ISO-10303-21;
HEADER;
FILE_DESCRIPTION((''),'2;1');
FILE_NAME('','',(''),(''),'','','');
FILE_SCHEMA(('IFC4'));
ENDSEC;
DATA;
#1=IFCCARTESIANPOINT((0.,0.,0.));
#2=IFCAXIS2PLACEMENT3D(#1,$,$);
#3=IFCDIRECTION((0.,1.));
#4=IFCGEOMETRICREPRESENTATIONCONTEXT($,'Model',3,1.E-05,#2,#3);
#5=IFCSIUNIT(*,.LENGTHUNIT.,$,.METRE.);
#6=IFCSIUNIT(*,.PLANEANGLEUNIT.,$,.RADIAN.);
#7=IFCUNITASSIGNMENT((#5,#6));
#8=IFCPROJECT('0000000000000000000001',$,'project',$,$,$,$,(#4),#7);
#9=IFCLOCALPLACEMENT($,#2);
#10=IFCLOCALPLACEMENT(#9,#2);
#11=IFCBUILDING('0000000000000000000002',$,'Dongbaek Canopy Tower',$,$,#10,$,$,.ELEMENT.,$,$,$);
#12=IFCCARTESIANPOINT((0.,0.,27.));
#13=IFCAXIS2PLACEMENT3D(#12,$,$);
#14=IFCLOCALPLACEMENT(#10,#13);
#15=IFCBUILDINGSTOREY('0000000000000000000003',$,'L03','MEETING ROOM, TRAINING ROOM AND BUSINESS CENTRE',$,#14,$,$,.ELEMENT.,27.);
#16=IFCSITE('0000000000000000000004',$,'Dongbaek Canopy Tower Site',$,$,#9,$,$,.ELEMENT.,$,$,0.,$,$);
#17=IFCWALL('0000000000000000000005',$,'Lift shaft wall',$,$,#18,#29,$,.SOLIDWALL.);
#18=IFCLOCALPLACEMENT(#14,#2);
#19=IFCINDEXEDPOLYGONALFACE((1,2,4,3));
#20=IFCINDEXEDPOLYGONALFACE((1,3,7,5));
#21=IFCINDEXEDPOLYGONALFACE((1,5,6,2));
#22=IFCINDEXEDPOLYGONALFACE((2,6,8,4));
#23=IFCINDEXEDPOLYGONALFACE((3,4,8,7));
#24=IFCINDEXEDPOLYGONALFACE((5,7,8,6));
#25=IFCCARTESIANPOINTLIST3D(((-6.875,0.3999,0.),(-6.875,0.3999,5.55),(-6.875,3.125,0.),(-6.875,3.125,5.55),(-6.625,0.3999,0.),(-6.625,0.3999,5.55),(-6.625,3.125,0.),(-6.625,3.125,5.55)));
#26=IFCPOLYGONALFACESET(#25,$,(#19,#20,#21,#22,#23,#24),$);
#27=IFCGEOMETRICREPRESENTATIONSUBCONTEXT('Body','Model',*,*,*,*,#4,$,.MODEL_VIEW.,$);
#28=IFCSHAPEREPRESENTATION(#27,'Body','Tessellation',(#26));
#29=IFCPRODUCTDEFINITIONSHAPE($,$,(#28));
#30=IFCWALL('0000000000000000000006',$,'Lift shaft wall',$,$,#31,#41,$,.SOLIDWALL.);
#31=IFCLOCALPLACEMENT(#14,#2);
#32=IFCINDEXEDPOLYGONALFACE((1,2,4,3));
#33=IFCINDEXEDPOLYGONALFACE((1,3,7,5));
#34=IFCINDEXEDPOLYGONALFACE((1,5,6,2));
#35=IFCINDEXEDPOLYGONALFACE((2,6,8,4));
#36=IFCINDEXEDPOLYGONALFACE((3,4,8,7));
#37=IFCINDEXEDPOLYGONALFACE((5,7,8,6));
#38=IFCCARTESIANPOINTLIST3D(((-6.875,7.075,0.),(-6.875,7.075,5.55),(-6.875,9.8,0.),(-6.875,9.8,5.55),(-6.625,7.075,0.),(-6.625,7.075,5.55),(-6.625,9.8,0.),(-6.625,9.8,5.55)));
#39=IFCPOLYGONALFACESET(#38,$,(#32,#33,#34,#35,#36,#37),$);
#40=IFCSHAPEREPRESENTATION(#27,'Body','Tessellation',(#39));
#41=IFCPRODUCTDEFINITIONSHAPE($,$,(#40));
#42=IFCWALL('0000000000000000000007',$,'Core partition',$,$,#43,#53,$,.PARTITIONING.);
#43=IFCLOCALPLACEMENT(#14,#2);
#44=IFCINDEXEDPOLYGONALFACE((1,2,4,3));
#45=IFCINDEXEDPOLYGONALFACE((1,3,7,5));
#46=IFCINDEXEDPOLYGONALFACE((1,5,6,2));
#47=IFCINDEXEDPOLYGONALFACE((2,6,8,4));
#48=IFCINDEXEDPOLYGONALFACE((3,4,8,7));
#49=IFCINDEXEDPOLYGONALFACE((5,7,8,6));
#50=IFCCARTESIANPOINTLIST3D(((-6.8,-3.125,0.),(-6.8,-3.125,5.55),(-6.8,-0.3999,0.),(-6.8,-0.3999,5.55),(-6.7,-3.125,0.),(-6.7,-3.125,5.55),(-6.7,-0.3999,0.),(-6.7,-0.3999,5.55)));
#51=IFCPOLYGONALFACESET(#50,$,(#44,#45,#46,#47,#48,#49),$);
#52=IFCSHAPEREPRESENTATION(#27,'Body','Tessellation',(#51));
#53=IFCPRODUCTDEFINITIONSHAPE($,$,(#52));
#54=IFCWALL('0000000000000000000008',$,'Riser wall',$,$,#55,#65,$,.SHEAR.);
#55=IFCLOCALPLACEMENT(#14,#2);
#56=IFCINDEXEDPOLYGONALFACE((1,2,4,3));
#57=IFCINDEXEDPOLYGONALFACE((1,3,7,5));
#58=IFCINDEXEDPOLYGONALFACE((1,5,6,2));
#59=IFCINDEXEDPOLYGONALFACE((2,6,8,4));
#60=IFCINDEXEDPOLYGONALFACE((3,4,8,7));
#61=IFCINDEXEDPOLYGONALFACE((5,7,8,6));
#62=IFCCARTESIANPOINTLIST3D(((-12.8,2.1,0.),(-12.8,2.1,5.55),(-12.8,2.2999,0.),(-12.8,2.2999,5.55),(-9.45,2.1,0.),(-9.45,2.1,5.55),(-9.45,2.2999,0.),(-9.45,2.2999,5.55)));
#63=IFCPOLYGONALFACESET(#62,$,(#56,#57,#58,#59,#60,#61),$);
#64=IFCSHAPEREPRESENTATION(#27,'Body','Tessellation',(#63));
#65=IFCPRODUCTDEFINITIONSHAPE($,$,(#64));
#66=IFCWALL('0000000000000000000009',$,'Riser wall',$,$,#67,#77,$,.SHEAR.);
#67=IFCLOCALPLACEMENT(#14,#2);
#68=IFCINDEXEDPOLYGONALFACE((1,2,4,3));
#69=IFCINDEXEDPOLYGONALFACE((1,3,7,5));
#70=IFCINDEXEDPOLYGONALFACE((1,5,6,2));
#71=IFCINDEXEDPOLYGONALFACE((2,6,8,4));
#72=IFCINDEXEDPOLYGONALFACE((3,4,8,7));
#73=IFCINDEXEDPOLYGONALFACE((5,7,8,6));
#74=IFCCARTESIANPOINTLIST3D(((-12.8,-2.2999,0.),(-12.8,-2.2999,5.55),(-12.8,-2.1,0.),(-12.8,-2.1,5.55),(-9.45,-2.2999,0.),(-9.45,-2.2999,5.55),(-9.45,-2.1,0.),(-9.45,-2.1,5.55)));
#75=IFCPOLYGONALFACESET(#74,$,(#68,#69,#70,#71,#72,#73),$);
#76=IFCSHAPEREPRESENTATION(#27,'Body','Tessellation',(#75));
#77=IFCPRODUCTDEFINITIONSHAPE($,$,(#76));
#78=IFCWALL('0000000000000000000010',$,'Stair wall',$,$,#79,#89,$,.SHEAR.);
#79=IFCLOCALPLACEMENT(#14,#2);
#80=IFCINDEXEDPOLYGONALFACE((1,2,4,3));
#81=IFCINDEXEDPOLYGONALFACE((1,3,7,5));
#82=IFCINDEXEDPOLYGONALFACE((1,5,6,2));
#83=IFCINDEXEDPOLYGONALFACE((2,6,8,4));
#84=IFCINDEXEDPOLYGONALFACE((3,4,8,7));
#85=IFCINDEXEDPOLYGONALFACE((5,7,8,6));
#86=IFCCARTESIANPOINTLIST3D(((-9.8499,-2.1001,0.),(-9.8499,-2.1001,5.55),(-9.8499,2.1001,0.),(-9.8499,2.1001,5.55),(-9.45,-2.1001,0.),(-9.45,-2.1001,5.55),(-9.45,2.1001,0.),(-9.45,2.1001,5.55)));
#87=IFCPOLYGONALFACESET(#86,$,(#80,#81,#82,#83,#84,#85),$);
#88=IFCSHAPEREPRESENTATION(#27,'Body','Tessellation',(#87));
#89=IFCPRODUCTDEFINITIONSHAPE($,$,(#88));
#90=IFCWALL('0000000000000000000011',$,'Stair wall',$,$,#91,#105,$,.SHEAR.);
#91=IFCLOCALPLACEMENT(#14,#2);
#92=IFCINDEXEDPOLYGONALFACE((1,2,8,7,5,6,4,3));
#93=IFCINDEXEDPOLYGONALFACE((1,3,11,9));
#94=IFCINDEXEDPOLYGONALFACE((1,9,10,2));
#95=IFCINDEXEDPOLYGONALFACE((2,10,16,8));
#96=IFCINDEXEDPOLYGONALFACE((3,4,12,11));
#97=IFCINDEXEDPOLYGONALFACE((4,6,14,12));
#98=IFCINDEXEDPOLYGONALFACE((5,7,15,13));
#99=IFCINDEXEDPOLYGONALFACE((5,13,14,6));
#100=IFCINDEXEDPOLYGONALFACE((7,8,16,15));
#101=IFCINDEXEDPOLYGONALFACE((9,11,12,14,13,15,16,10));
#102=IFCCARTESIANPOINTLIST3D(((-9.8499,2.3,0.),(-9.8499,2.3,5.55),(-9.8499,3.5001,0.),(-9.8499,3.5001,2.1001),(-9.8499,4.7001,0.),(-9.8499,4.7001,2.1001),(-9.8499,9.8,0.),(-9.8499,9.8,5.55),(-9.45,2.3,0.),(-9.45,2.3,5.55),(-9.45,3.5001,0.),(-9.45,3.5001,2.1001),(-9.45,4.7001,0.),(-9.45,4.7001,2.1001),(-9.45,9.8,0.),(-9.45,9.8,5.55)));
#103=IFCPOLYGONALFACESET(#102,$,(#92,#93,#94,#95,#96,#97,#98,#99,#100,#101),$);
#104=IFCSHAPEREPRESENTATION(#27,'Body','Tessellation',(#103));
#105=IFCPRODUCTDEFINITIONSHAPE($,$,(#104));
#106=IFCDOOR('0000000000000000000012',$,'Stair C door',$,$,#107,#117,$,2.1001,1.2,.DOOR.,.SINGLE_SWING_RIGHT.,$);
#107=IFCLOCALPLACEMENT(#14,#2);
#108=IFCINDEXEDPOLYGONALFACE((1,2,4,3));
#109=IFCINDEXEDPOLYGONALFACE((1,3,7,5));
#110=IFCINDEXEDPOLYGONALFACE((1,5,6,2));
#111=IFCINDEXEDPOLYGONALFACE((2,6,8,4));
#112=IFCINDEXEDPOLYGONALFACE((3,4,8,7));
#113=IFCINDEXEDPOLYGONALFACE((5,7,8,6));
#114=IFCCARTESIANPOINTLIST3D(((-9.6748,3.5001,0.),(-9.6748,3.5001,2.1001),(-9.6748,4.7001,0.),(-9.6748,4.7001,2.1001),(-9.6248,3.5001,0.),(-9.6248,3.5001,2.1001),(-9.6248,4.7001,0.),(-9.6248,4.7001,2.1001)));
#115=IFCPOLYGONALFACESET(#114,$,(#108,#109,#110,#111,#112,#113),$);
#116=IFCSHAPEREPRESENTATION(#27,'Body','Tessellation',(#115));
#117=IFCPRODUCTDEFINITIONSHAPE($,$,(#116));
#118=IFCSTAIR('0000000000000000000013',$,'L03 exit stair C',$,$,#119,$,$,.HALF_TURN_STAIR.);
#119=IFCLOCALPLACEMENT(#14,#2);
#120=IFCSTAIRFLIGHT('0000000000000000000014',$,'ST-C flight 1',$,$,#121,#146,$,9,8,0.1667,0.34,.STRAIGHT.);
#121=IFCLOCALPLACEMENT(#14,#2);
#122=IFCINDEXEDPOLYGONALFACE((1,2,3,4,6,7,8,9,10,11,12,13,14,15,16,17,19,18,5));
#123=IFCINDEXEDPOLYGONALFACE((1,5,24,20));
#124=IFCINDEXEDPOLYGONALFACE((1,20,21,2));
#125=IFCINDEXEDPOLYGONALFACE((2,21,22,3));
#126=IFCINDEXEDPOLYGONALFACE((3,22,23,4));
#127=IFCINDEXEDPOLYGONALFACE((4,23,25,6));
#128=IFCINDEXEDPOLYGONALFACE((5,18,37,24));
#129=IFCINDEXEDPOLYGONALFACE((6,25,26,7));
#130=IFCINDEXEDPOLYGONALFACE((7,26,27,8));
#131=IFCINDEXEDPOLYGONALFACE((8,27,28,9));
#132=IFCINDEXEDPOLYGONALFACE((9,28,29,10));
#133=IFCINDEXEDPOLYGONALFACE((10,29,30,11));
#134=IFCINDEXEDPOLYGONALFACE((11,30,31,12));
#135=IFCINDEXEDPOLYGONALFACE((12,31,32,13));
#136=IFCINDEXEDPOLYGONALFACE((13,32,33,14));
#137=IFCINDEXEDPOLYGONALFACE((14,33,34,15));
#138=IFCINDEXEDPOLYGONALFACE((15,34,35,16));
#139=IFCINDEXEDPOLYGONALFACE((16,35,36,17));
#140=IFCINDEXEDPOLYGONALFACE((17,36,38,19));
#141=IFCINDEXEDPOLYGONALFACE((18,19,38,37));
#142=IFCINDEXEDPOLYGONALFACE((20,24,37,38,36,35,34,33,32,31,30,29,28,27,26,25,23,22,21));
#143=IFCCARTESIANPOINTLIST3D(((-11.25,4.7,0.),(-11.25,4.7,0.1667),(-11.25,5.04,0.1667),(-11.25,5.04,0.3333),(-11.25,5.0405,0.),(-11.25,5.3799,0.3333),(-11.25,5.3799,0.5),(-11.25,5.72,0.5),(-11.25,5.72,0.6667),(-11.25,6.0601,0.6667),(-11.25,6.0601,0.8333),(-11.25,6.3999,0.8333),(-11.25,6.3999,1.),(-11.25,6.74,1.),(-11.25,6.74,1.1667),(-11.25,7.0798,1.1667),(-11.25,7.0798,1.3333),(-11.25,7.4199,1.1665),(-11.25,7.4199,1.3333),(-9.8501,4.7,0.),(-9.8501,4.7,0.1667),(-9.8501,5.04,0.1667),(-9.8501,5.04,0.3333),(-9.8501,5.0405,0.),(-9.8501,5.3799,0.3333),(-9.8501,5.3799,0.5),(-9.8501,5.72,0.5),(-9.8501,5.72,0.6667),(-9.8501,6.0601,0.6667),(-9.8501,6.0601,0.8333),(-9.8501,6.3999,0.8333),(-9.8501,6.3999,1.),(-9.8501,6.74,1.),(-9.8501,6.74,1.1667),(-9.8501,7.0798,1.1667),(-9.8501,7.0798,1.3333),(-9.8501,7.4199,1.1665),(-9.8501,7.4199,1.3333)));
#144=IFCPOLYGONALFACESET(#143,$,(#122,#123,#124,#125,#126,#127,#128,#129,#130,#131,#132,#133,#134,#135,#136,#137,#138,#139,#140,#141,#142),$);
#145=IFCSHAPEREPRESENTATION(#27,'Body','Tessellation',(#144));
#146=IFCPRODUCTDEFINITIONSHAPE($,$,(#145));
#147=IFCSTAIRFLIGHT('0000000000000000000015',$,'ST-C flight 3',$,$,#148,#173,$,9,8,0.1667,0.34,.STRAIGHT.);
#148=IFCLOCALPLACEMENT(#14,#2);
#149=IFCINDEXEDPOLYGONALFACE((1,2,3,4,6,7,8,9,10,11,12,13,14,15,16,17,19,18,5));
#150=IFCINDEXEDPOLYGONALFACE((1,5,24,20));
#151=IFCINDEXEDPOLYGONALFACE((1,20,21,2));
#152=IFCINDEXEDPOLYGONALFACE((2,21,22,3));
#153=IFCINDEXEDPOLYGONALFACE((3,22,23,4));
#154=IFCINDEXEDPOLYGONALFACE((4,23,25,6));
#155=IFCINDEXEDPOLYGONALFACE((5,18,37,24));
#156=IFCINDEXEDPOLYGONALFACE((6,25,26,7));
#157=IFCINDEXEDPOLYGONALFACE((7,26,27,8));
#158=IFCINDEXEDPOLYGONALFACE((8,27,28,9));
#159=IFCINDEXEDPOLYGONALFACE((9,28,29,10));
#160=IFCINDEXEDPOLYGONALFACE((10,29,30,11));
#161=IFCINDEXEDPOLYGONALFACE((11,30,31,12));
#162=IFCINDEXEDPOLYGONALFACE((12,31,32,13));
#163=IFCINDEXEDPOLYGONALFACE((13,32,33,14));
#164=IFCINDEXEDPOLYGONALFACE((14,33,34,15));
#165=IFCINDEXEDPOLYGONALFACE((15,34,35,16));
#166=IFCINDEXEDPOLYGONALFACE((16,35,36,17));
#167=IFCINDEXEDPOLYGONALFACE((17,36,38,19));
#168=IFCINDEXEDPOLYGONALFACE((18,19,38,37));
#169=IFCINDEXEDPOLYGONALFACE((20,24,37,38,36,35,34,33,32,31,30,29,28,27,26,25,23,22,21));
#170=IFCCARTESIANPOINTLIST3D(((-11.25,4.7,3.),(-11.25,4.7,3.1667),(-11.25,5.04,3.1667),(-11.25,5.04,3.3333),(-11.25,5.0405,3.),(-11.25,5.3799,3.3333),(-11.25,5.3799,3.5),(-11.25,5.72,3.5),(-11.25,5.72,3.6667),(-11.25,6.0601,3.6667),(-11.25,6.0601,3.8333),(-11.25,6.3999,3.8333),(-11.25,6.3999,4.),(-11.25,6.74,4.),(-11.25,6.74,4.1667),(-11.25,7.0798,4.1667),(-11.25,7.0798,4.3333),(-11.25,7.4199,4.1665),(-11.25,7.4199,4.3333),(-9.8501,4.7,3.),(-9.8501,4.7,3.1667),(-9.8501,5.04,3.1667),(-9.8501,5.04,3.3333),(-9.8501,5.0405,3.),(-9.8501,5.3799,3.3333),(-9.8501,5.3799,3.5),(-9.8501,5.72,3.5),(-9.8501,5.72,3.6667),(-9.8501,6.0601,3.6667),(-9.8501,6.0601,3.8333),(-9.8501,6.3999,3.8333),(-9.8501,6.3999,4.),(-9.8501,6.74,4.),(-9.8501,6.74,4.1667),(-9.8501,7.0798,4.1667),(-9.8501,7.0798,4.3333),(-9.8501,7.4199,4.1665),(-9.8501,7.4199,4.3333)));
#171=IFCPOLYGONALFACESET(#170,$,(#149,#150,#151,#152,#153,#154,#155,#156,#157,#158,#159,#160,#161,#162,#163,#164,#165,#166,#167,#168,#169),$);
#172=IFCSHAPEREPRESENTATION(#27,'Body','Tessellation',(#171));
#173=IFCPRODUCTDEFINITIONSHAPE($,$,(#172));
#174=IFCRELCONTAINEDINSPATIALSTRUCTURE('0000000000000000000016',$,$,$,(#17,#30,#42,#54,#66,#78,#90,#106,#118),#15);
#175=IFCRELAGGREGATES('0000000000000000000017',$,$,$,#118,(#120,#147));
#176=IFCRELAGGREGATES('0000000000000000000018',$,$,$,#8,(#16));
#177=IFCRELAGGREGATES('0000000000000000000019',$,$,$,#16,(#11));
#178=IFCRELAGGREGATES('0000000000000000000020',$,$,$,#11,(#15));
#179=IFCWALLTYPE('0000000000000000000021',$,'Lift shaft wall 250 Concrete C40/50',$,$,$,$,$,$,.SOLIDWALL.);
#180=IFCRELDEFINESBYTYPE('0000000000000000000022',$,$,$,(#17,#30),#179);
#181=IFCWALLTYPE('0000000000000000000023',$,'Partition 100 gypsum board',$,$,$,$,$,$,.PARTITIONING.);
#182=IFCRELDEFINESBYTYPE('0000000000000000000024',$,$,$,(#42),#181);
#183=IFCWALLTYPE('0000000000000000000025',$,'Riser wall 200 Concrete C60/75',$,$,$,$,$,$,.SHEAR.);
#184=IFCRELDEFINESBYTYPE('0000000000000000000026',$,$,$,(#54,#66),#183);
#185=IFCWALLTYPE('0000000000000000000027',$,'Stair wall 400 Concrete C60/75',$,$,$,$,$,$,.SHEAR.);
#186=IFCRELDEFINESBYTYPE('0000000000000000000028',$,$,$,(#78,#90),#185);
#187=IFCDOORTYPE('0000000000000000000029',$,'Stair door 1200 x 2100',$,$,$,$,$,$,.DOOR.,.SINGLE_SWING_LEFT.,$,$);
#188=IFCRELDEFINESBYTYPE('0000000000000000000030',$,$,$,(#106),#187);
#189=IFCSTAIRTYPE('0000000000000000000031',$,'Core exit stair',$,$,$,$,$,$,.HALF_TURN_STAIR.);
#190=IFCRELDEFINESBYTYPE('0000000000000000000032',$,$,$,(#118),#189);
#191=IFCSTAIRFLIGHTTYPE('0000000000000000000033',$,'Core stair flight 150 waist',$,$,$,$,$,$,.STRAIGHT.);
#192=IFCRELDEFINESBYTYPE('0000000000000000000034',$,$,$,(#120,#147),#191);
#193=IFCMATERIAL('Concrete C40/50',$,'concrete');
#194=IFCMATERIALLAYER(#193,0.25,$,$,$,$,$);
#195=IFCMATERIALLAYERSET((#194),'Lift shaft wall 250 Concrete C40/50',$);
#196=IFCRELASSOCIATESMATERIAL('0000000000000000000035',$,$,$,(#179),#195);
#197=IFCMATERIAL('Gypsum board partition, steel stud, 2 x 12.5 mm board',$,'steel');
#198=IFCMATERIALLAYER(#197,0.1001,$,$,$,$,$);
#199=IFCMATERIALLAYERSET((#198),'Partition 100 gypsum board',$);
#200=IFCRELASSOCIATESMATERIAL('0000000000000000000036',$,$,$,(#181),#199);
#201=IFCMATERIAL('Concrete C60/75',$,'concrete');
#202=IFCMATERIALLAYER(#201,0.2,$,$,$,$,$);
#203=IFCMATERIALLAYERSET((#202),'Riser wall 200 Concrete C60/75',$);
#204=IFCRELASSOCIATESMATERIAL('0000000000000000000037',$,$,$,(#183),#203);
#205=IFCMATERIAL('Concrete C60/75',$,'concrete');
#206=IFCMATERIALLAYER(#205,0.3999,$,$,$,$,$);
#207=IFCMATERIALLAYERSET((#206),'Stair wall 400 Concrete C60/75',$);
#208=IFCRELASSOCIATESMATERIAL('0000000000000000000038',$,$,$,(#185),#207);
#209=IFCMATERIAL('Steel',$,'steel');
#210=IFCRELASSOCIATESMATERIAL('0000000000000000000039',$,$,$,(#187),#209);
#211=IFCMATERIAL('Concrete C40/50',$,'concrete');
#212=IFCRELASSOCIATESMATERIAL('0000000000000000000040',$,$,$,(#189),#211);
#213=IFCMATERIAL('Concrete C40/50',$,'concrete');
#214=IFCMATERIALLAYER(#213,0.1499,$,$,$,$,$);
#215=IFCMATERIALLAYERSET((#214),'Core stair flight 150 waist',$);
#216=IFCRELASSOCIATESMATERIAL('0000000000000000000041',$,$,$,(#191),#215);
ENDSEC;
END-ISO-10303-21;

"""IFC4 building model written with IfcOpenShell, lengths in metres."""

from ifc_helpers import new_model, si_unit, direction, frame, frame_2d, origin, place, context, subcontext, project, spatial, polyline, rectangle, outline, extrude, material, layer, layer_set, type_object, element, fill, aggregate, save


model = new_model("IFC4")

# Units and contexts
model_context = context("Model", 3, precision=1e-05, world=origin(), true_north=direction((0.0, 1.0)))
body_context = subcontext(model_context, "Body", "Model", "MODEL_VIEW")
ifc_project = project(units=[si_unit("LENGTHUNIT", "METRE"), si_unit("PLANEANGLEUNIT", "RADIAN")], contexts=[model_context])

# Site, building, storey
site_placement = place(None, origin())
site = spatial("IfcSite", under=ifc_project, at=site_placement, Name="Dongbaek Canopy Tower Site", CompositionType="ELEMENT", RefElevation=0.0)
building_placement = place(site_placement, origin())
building = spatial("IfcBuilding", under=site, at=building_placement, Name="Dongbaek Canopy Tower", CompositionType="ELEMENT")
storey_placement = place(building_placement, frame((0.0, 0.0, 27.0)))
storey = spatial("IfcBuildingStorey", under=building, at=storey_placement, Name="L03", Description="MEETING ROOM, TRAINING ROOM AND BUSINESS CENTRE", CompositionType="ELEMENT", Elevation=27.0)

# Walls
ifc_material_1 = material(Name="Concrete C40/50", Category="concrete")
ifc_layer_1 = layer(ifc_material_1, 0.25)
ifc_layer_set_1 = layer_set([ifc_layer_1], Name="Lift shaft wall 250 Concrete C40/50")
wall_type_1 = type_object("IfcWallType", Name="Lift shaft wall 250 Concrete C40/50", PredefinedType="SOLIDWALL", material=ifc_layer_set_1)
for number, where, z_axis, x_axis, name in (
    (1, (-6.75, 0.3999, 0.0), (0.0, 0.0, 1.0), (0.0, 1.0, 0.0), "Lift shaft wall"),
    (2, (-6.75, 7.075, 0.0), (0.0, 0.0, 1.0), (0.0, 1.0, 0.0), "Lift shaft wall"),
):
    element("IfcWall", number, at=place(storey_placement, frame(where, z_axis=z_axis, x_axis=x_axis)), inside=storey, type_object=wall_type_1, Name=name, PredefinedType="SOLIDWALL", context=body_context, shape_type="SweptSolid", body=[
        extrude(rectangle(XDim=2.7251, YDim=0.25, at=frame_2d((1.3625, 0.0))), origin(), (0.0, 0.0, 1.0), 5.55),
    ])
ifc_material_2 = material(Name="Gypsum board partition, steel stud, 2 x 12.5 mm board", Category="steel")
ifc_layer_2 = layer(ifc_material_2, 0.1001)
ifc_layer_set_2 = layer_set([ifc_layer_2], Name="Partition 100 gypsum board")
wall_type_2 = type_object("IfcWallType", Name="Partition 100 gypsum board", PredefinedType="PARTITIONING", material=ifc_layer_set_2)
wall_1_placement = place(storey_placement, frame((-6.75, -3.125, 0.0), z_axis=(0.0, 0.0, 1.0), x_axis=(0.0, 1.0, 0.0)))
element("IfcWall", 3, at=wall_1_placement, inside=storey, type_object=wall_type_2, Name="Core partition", PredefinedType="PARTITIONING", context=body_context, shape_type="SweptSolid", body=[
    extrude(rectangle(XDim=2.7251, YDim=0.1001, at=frame_2d((1.3625, 0.0))), origin(), (0.0, 0.0, 1.0), 5.55),
])
ifc_material_3 = material(Name="Concrete C60/75", Category="concrete")
ifc_layer_3 = layer(ifc_material_3, 0.2)
ifc_layer_set_3 = layer_set([ifc_layer_3], Name="Riser wall 200 Concrete C60/75")
wall_type_3 = type_object("IfcWallType", Name="Riser wall 200 Concrete C60/75", PredefinedType="SHEAR", material=ifc_layer_set_3)
for number, where, z_axis, x_axis, name in (
    (4, (-9.45, 2.2, 0.0), (0.0, 0.0, 1.0), (-1.0, 0.0, 0.0), "Riser wall"),
    (5, (-9.45, -2.2, 0.0), (0.0, 0.0, 1.0), (-1.0, 0.0, 0.0), "Riser wall"),
):
    element("IfcWall", number, at=place(storey_placement, frame(where, z_axis=z_axis, x_axis=x_axis)), inside=storey, type_object=wall_type_3, Name=name, PredefinedType="SHEAR", context=body_context, shape_type="SweptSolid", body=[
        extrude(rectangle(XDim=3.3501, YDim=0.2, at=frame_2d((1.675, 0.0))), origin(), (0.0, 0.0, 1.0), 5.55),
    ])
ifc_material_4 = material(Name="Concrete C60/75", Category="concrete")
ifc_layer_4 = layer(ifc_material_4, 0.3999)
ifc_layer_set_4 = layer_set([ifc_layer_4], Name="Stair wall 400 Concrete C60/75")
wall_type_4 = type_object("IfcWallType", Name="Stair wall 400 Concrete C60/75", PredefinedType="SHEAR", material=ifc_layer_set_4)
wall_2_placement = place(storey_placement, frame((-9.6499, -2.1001, 0.0), z_axis=(0.0, 0.0, 1.0), x_axis=(0.0, 1.0, 0.0)))
element("IfcWall", 6, at=wall_2_placement, inside=storey, type_object=wall_type_4, Name="Stair wall", PredefinedType="SHEAR", context=body_context, shape_type="SweptSolid", body=[
    extrude(rectangle(XDim=4.2002, YDim=0.3999, at=frame_2d((2.1001, 0.0))), origin(), (0.0, 0.0, 1.0), 5.55),
])

# Wall, opening, door
wall_3_placement = place(storey_placement, frame((-9.6499, 2.3, 0.0), z_axis=(0.0, 0.0, 1.0), x_axis=(0.0, 1.0, 0.0)))
wall_3 = element("IfcWall", 7, at=wall_3_placement, inside=storey, type_object=wall_type_4, Name="Stair wall", PredefinedType="SHEAR", context=body_context, shape_type="SweptSolid", body=[
    extrude(rectangle(XDim=7.5, YDim=0.3999, at=frame_2d((3.75, 0.0))), origin(), (0.0, 0.0, 1.0), 5.55),
])
opening_1_placement = place(wall_3_placement, frame((1.2, 0.0, 0.0)))
opening_1 = element("IfcOpeningElement", 8, at=opening_1_placement, cuts=wall_3, PredefinedType="OPENING", context=body_context, shape_type="SweptSolid", body=[
    extrude(rectangle(XDim=1.2, YDim=2.1001, at=frame_2d((0.6001, 1.05))), frame((0.0, 0.21, 0.0), z_axis=(0.0, -1.0, 0.0), x_axis=(1.0, 0.0, 0.0)), (0.0, 0.0, 1.0), 0.4199),
])
ifc_material_5 = material(Name="Steel", Category="steel")
door_type_1 = type_object("IfcDoorType", Name="Stair door 1200 x 2100", OperationType="SINGLE_SWING_LEFT", PredefinedType="DOOR", material=ifc_material_5)
door_1_placement = place(opening_1_placement, origin())
door_1 = element("IfcDoor", 9, at=door_1_placement, inside=storey, type_object=door_type_1, Name="Stair C door", OperationType="SINGLE_SWING_RIGHT", OverallHeight=2.1001, OverallWidth=1.2, PredefinedType="DOOR", context=body_context, shape_type="SweptSolid", body=[
    extrude(rectangle(XDim=1.2, YDim=2.1001, at=frame_2d((0.6001, 1.05))), frame((0.0, 0.0249, 0.0), z_axis=(0.0, -1.0, 0.0), x_axis=(1.0, 0.0, 0.0)), (0.0, 0.0, 1.0), 0.05),
])
fill(opening_1, door_1)

# Stair, stair flights
ifc_material_6 = material(Name="Concrete C40/50", Category="concrete")
stair_type = type_object("IfcStairType", Name="Core exit stair", PredefinedType="HALF_TURN_STAIR", material=ifc_material_6)
stair_placement = place(storey_placement, origin())
stair = element("IfcStair", 10, at=stair_placement, inside=storey, type_object=stair_type, Name="L03 exit stair C", PredefinedType="HALF_TURN_STAIR")
ifc_material_7 = material(Name="Concrete C40/50", Category="concrete")
ifc_layer_5 = layer(ifc_material_7, 0.1499)
ifc_layer_set_5 = layer_set([ifc_layer_5], Name="Core stair flight 150 waist")
stair_flight_type = type_object("IfcStairFlightType", Name="Core stair flight 150 waist", PredefinedType="STRAIGHT", material=ifc_layer_set_5)
stair_flight_1_placement = place(storey_placement, frame((-10.55, 4.7, 0.0), z_axis=(0.0, 0.0, 1.0), x_axis=(0.0, 1.0, 0.0)))
stair_flight_1 = element("IfcStairFlight", 11, at=stair_flight_1_placement, type_object=stair_flight_type, Name="ST-C flight 1", NumberOfRisers=9, NumberOfTreads=8, PredefinedType="STRAIGHT", RiserHeight=0.1667, TreadLength=0.34, context=body_context, shape_type="SweptSolid", body=[
    extrude(outline(polyline([(0.0, 0.0), (0.0, 0.1667), (0.3401, 0.1667), (0.3401, 0.3333), (0.6799, 0.3333), (0.6799, 0.5), (1.02, 0.5), (1.02, 0.6667), (1.3601, 0.6667), (1.3601, 0.8333), (1.7, 0.8333), (1.7, 1.0), (2.04, 1.0), (2.04, 1.1667), (2.3799, 1.1667), (2.3799, 1.3333), (2.72, 1.3333), (2.72, 1.5), (2.72, 1.1665), (0.3406, 0.0), (0.0, 0.0)])), frame((0.0, 0.7, 0.0), z_axis=(0.0, -1.0, 0.0), x_axis=(1.0, 0.0, 0.0)), (0.0, 0.0, 1.0), 1.3999),
])
stair_flight_2_placement = place(storey_placement, frame((-10.55, 4.7, 3.0), z_axis=(0.0, 0.0, 1.0), x_axis=(0.0, 1.0, 0.0)))
stair_flight_2 = element("IfcStairFlight", 12, at=stair_flight_2_placement, type_object=stair_flight_type, Name="ST-C flight 3", NumberOfRisers=9, NumberOfTreads=8, PredefinedType="STRAIGHT", RiserHeight=0.1667, TreadLength=0.34, context=body_context, shape_type="SweptSolid", body=[
    extrude(outline(polyline([(0.0, 0.0), (0.0, 0.1667), (0.3401, 0.1667), (0.3401, 0.3333), (0.6799, 0.3333), (0.6799, 0.5), (1.02, 0.5), (1.02, 0.6667), (1.3601, 0.6667), (1.3601, 0.8333), (1.7, 0.8333), (1.7, 1.0), (2.04, 1.0), (2.04, 1.1667), (2.3799, 1.1667), (2.3799, 1.3333), (2.72, 1.3333), (2.72, 1.5), (2.72, 1.1665), (0.3406, 0.0), (0.0, 0.0)])), frame((0.0, 0.7, 0.0), z_axis=(0.0, -1.0, 0.0), x_axis=(1.0, 0.0, 0.0)), (0.0, 0.0, 1.0), 1.3999),
])
aggregate(stair, [stair_flight_1, stair_flight_2])

save(model, "model.ifc")
